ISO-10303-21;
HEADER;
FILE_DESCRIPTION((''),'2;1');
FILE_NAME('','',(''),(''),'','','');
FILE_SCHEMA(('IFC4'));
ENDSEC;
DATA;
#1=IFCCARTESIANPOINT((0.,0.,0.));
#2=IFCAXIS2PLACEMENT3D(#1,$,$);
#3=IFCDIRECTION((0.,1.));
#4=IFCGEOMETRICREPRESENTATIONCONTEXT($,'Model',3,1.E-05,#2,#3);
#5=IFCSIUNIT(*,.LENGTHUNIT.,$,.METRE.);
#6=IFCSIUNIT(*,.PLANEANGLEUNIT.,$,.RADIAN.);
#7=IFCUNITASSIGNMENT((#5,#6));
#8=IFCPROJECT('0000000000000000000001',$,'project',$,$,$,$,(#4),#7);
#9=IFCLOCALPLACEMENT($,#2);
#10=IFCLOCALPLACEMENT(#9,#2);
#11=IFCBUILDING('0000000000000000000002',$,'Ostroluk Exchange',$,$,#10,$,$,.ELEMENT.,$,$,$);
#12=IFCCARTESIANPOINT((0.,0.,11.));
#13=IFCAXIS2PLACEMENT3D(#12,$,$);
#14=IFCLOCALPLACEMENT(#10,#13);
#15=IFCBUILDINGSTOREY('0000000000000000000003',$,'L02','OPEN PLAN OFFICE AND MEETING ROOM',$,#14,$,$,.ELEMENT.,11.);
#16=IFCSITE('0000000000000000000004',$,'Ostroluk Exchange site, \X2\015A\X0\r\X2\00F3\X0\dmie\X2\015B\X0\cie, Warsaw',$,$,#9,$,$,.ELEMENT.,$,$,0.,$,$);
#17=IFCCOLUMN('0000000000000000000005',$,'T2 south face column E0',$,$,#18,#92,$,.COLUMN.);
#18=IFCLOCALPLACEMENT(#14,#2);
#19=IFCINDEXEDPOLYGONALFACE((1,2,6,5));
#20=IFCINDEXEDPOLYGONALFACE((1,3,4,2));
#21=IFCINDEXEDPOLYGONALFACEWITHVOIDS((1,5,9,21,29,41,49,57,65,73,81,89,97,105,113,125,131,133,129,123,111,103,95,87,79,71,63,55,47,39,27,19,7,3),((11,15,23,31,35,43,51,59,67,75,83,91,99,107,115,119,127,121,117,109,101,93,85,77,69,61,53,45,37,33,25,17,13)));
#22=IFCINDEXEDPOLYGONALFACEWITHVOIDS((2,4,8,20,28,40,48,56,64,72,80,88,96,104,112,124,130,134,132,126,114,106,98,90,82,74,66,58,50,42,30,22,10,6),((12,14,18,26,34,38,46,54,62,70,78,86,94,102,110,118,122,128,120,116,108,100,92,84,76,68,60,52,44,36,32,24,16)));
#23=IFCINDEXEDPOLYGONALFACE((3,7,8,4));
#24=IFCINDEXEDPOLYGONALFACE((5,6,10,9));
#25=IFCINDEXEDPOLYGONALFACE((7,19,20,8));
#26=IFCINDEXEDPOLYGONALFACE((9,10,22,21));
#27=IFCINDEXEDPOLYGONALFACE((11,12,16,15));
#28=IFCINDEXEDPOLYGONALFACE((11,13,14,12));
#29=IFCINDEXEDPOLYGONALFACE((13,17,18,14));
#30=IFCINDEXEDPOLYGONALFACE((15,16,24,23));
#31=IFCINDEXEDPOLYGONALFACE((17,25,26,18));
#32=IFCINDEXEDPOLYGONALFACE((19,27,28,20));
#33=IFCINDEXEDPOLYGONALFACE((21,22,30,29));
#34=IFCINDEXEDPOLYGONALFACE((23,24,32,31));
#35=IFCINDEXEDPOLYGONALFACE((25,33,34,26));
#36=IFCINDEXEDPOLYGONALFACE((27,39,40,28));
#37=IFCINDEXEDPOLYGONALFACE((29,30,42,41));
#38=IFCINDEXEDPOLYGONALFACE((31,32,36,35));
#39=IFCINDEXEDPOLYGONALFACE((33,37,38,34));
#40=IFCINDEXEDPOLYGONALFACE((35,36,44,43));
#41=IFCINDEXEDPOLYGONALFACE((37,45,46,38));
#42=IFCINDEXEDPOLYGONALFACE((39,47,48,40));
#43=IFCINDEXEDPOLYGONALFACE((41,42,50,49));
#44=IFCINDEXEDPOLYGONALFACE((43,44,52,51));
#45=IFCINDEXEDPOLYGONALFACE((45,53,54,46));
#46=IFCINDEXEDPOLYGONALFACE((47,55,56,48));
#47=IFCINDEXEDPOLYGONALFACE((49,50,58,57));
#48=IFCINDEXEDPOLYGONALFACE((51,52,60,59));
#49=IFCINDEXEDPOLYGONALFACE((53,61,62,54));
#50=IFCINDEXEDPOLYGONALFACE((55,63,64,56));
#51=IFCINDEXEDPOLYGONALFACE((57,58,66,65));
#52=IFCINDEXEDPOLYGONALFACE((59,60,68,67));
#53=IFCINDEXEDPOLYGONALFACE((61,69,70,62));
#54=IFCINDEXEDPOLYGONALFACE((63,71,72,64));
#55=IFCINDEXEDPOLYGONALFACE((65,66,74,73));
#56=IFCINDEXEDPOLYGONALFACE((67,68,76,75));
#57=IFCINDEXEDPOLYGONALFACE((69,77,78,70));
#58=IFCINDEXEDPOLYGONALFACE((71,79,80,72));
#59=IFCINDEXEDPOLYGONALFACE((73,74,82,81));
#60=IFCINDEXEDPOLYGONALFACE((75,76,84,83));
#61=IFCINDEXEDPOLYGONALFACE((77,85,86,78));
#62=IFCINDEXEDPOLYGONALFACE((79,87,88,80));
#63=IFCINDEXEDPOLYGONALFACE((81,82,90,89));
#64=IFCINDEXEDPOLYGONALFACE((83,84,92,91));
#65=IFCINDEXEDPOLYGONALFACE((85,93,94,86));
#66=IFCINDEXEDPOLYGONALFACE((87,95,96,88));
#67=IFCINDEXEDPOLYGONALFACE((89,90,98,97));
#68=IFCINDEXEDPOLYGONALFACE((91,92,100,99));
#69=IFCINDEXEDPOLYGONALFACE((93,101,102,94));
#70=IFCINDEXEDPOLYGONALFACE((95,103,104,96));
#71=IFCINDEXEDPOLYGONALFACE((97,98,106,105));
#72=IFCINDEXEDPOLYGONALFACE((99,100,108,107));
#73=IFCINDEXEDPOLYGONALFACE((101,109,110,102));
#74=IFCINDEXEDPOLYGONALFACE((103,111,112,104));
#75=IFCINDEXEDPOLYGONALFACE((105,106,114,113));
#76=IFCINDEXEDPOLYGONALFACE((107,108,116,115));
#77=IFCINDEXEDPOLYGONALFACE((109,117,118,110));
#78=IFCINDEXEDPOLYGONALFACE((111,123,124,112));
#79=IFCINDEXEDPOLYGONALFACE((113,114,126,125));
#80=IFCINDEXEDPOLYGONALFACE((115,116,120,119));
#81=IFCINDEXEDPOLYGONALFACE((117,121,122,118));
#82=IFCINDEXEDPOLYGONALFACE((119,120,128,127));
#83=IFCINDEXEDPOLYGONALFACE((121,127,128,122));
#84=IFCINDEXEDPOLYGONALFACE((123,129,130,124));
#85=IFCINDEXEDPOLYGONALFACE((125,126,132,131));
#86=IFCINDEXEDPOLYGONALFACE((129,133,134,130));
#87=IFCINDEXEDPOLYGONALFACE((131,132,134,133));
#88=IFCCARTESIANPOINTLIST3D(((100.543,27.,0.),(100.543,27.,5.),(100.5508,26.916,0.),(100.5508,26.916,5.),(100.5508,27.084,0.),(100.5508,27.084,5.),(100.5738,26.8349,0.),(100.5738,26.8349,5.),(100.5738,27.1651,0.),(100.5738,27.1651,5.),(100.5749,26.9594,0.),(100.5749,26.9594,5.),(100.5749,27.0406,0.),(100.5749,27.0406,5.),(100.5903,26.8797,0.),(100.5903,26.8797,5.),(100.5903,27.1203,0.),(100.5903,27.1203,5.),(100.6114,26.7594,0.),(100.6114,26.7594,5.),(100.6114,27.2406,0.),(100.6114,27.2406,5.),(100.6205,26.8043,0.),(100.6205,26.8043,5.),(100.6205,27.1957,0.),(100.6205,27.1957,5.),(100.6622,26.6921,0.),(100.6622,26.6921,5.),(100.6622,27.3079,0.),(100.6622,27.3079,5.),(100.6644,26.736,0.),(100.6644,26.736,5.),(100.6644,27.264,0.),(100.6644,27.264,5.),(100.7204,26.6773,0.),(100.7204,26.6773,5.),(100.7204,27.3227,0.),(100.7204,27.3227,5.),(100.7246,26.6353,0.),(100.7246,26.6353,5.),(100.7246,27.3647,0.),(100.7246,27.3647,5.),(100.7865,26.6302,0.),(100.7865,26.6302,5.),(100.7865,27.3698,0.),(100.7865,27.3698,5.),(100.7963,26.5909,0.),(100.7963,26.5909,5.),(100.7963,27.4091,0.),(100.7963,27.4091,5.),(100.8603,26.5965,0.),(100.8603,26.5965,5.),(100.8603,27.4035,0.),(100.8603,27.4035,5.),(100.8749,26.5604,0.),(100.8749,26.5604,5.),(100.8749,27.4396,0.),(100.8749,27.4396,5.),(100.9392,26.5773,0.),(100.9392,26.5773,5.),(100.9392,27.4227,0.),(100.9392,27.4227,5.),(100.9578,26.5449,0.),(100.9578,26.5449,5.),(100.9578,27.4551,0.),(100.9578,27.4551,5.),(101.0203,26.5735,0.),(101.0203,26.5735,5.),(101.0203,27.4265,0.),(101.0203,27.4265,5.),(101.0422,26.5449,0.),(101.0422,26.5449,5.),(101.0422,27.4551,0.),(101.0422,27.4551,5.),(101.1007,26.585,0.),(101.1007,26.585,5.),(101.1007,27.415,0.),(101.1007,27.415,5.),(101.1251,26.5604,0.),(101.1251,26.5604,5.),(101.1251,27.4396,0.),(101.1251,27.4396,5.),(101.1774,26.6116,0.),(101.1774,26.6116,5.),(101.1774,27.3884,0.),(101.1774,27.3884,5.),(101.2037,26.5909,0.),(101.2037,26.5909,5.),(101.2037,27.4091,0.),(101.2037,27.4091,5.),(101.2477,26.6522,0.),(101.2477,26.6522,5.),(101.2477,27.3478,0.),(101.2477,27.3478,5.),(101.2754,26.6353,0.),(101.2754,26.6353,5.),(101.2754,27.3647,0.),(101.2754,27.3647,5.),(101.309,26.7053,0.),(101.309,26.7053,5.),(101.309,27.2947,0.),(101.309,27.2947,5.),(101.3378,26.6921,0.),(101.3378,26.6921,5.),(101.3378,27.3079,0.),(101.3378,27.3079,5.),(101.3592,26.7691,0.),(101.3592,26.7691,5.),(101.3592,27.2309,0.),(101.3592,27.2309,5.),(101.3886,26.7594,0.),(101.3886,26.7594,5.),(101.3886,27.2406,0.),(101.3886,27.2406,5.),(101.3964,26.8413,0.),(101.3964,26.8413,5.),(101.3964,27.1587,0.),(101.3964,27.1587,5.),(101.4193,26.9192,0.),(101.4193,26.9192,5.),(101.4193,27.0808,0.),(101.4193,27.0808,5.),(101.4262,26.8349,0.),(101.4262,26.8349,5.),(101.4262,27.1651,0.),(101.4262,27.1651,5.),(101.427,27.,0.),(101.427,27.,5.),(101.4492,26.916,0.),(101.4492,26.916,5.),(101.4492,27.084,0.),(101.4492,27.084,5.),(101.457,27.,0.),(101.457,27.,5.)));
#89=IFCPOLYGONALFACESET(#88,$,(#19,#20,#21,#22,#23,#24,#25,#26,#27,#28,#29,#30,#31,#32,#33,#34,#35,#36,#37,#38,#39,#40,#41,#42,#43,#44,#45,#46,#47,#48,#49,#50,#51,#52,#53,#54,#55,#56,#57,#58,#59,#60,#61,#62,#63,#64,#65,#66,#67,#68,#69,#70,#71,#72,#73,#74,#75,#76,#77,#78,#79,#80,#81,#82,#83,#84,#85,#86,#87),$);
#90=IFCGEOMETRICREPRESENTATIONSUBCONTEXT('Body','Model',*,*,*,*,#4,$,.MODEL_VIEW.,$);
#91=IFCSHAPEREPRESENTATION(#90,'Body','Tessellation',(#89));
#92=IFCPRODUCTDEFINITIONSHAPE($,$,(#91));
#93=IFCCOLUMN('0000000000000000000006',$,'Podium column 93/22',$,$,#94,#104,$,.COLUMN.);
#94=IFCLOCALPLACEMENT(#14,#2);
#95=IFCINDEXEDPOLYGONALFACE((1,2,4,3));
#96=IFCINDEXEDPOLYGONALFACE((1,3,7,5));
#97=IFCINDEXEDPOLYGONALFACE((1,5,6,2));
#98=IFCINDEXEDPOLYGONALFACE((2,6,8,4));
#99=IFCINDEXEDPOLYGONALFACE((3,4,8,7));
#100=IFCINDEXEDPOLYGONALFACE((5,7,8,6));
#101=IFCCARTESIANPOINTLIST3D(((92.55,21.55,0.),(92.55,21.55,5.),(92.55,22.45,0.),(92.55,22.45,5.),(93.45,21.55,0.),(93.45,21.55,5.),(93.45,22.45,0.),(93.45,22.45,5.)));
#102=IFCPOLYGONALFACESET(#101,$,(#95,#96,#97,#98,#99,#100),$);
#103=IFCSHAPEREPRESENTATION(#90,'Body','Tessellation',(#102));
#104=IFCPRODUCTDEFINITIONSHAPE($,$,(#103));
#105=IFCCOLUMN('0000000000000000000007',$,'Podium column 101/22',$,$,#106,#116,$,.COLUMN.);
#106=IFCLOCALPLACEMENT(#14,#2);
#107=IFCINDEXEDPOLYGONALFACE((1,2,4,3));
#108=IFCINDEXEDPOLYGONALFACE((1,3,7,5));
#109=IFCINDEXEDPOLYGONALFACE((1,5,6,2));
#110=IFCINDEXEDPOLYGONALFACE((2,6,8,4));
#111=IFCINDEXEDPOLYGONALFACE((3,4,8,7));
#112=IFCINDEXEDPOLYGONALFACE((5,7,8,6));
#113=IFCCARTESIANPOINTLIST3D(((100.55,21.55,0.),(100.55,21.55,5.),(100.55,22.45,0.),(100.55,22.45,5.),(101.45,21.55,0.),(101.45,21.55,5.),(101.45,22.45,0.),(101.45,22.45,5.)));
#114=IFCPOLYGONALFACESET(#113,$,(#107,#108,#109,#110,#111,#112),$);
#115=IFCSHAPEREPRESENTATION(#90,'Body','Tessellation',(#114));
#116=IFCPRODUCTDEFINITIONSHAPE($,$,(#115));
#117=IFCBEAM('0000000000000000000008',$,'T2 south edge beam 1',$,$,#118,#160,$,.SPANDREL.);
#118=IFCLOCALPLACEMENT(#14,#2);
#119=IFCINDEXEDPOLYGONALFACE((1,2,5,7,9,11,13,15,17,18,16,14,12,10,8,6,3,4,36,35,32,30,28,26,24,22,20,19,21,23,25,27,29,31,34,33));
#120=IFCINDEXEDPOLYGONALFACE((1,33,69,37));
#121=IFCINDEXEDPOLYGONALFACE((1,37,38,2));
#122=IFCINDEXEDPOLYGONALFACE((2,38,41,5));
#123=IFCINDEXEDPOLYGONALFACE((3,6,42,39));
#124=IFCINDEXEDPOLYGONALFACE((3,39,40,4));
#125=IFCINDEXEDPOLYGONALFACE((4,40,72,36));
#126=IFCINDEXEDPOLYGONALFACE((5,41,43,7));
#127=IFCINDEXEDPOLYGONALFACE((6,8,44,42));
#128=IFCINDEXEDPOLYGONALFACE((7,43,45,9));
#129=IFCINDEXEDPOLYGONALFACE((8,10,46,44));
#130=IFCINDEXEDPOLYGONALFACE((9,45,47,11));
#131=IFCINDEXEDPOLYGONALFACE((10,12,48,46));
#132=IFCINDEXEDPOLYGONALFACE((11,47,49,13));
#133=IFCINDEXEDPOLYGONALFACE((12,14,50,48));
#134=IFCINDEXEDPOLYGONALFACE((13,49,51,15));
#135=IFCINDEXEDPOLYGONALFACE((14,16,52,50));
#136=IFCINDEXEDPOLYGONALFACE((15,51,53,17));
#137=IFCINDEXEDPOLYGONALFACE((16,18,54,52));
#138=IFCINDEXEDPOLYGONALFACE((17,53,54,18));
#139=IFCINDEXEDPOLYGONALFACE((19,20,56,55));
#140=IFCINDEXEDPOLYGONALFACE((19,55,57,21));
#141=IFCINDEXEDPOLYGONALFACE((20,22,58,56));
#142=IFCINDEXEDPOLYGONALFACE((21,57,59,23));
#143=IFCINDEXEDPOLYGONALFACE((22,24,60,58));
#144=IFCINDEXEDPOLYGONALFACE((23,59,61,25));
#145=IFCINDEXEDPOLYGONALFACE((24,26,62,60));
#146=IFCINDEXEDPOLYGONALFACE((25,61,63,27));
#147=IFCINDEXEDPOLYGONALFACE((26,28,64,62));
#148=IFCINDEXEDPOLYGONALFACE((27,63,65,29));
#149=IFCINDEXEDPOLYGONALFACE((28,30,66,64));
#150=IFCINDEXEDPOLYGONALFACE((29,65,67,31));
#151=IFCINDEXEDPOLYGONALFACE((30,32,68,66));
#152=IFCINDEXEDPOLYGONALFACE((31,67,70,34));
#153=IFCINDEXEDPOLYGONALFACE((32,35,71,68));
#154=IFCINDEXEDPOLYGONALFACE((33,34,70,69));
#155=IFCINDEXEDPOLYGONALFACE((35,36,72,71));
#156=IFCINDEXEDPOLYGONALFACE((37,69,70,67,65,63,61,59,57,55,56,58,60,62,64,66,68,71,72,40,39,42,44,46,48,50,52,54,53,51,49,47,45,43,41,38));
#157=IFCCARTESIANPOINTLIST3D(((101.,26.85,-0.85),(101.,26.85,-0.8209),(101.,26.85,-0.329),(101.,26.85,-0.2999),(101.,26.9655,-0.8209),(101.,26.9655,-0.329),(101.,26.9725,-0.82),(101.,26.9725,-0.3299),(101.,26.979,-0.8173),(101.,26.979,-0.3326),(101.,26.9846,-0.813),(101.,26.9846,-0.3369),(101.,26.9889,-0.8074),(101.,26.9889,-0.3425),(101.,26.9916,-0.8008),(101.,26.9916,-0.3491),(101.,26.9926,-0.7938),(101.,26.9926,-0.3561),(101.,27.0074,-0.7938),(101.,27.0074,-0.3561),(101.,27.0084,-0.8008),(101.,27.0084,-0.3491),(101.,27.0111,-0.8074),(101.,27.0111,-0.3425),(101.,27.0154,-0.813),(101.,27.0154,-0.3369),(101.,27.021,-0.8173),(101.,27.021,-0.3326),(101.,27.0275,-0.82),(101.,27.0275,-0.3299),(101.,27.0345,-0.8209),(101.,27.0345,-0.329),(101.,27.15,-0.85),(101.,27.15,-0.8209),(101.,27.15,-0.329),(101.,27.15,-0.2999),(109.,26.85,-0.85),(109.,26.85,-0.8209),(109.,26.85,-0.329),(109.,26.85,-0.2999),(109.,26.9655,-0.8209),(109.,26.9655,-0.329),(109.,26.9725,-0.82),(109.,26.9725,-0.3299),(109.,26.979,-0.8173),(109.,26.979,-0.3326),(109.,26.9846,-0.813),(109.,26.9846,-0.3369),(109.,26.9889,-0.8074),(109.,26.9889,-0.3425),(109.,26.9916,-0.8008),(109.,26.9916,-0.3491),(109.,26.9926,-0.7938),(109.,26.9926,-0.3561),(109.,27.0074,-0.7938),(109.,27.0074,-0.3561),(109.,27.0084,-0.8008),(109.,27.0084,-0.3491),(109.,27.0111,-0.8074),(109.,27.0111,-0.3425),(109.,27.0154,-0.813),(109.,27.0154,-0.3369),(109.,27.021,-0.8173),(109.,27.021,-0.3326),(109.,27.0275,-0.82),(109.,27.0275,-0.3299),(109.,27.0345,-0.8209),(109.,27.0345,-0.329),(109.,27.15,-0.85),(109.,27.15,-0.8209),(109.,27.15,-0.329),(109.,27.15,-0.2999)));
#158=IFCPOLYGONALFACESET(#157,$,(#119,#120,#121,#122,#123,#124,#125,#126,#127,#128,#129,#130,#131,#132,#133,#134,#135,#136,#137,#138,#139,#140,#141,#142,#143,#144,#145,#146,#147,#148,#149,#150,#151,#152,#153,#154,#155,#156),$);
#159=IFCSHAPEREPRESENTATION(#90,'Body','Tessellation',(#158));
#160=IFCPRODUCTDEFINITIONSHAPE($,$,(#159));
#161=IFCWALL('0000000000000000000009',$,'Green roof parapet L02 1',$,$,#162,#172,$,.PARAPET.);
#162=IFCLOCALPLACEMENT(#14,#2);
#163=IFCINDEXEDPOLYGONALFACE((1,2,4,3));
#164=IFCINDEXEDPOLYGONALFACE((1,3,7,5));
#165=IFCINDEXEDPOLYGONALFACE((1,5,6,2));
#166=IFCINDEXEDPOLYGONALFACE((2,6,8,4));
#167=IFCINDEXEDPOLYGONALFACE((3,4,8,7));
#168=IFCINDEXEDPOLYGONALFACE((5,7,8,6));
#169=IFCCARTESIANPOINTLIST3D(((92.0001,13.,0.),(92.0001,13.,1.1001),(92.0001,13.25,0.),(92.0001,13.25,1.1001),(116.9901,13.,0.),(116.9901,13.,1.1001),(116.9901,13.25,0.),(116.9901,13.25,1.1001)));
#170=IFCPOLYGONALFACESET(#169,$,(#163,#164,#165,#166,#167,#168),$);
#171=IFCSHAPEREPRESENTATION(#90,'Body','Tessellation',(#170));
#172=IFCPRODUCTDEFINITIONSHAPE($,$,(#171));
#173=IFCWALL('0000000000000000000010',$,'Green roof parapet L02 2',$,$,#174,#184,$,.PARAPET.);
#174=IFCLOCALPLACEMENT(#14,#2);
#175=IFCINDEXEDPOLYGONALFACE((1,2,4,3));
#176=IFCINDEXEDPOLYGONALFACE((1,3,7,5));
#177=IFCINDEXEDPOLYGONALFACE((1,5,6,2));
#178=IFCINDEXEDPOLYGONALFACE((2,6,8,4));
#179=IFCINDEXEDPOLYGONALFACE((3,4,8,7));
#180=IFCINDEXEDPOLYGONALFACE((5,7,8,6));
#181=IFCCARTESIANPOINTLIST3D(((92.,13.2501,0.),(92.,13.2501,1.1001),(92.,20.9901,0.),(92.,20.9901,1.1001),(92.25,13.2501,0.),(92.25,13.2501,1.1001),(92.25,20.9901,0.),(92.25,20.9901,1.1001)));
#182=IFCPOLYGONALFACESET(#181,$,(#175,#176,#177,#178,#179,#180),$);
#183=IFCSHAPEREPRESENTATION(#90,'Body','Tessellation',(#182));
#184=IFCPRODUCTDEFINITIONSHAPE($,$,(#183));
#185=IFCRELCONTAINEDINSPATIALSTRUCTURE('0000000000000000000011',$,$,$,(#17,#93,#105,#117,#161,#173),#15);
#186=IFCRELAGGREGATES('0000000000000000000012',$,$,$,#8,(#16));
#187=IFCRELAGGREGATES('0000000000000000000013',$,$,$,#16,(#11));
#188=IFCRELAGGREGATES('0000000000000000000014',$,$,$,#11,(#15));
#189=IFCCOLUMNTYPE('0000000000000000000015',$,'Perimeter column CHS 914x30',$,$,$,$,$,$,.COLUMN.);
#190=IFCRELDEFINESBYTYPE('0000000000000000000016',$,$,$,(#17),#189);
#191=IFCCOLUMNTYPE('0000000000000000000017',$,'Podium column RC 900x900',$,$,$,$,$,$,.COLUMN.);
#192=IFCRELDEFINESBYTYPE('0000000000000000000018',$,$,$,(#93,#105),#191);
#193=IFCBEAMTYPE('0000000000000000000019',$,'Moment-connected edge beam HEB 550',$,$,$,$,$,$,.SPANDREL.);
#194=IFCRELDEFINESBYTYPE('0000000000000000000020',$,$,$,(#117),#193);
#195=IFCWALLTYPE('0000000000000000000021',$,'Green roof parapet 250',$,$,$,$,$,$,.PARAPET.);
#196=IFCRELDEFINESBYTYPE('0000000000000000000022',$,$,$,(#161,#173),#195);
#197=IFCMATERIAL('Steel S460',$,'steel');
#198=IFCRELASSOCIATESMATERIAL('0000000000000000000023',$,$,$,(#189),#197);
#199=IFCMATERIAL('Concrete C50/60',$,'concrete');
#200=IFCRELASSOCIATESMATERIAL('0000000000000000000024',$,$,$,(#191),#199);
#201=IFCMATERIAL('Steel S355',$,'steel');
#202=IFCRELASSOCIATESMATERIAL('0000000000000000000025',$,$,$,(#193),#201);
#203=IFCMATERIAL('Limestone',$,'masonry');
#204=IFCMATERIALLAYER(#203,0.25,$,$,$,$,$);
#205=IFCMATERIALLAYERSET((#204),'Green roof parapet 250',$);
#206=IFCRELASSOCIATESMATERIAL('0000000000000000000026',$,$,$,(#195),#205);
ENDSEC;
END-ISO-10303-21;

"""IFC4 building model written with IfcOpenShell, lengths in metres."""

from ifc_helpers import new_model, si_unit, direction, frame, frame_2d, origin, origin_2d, place, context, subcontext, project, spatial, rectangle, hollow_circle, i_section, extrude, material, layer, layer_set, material_profile, profile_set, type_object, element, save


model = new_model("IFC4")

# Units and contexts
model_context = context("Model", 3, precision=1e-05, world=origin(), true_north=direction((0.0, 1.0)))
body_context = subcontext(model_context, "Body", "Model", "MODEL_VIEW")
ifc_project = project(units=[si_unit("LENGTHUNIT", "METRE"), si_unit("PLANEANGLEUNIT", "RADIAN")], contexts=[model_context])

# Site, building, storey
site_placement = place(None, origin())
site = spatial("IfcSite", under=ifc_project, at=site_placement, Name="Ostroluk Exchange site, Śródmieście, Warsaw", CompositionType="ELEMENT", RefElevation=0.0)
building_placement = place(site_placement, origin())
building = spatial("IfcBuilding", under=site, at=building_placement, Name="Ostroluk Exchange", CompositionType="ELEMENT")
storey_placement = place(building_placement, frame((0.0, 0.0, 11.0)))
storey = spatial("IfcBuildingStorey", under=building, at=storey_placement, Name="L02", Description="OPEN PLAN OFFICE AND MEETING ROOM", CompositionType="ELEMENT", Elevation=11.0)

# Columns
ifc_material_1 = material(Name="Steel S460", Category="steel")
ifc_material_profile_1 = material_profile(ifc_material_1, hollow_circle(Radius=0.457, WallThickness=0.03, at=origin_2d()), Name="CHS 914x30")
ifc_profile_set_1 = profile_set([ifc_material_profile_1], Name="Steel S460")
column_type_1 = type_object("IfcColumnType", Name="Perimeter column CHS 914x30", PredefinedType="COLUMN", material=ifc_profile_set_1)
column_placement = place(storey_placement, frame((101.0, 27.0, 0.0), z_axis=(0.0, 0.0, 1.0), x_axis=(1.0, 0.0, 0.0)))
element("IfcColumn", 1, at=column_placement, inside=storey, type_object=column_type_1, Name="T2 south face column E0", PredefinedType="COLUMN", context=body_context, shape_type="SweptSolid", body=[
    extrude(hollow_circle(Radius=0.457, WallThickness=0.03, at=origin_2d()), origin(), (0.0, 0.0, 1.0), 5.0),
])
ifc_material_2 = material(Name="Concrete C50/60", Category="concrete")
ifc_material_profile_2 = material_profile(ifc_material_2, rectangle(XDim=0.8999, YDim=0.8999, at=origin_2d()), Name="RC 900x900")
ifc_profile_set_2 = profile_set([ifc_material_profile_2], Name="Concrete C50/60")
column_type_2 = type_object("IfcColumnType", Name="Podium column RC 900x900", PredefinedType="COLUMN", material=ifc_profile_set_2)
for number, where, z_axis, x_axis, name in (
    (2, (93.0, 22.0, 0.0), (0.0, 0.0, 1.0), (1.0, 0.0, 0.0), "Podium column 93/22"),
    (3, (101.0, 22.0, 0.0), (0.0, 0.0, 1.0), (1.0, 0.0, 0.0), "Podium column 101/22"),
):
    element("IfcColumn", number, at=place(storey_placement, frame(where, z_axis=z_axis, x_axis=x_axis)), inside=storey, type_object=column_type_2, Name=name, PredefinedType="COLUMN", context=body_context, shape_type="SweptSolid", body=[
        extrude(rectangle(XDim=0.8999, YDim=0.8999, at=origin_2d()), origin(), (0.0, 0.0, 1.0), 5.0),
    ])

# Beam
ifc_material_3 = material(Name="Steel S355", Category="steel")
ifc_material_profile_3 = material_profile(ifc_material_3, i_section(OverallWidth=0.3, OverallDepth=0.55, WebThickness=0.0149, FlangeThickness=0.0291, FilletRadius=0.0271, at=origin_2d()), Name="HEB 550")
ifc_profile_set_3 = profile_set([ifc_material_profile_3], Name="Steel S355")
beam_type = type_object("IfcBeamType", Name="Moment-connected edge beam HEB 550", PredefinedType="SPANDREL", material=ifc_profile_set_3)
beam_placement = place(storey_placement, frame((101.0, 27.0, -0.575), z_axis=(1.0, 0.0, 0.0), x_axis=(0.0, 1.0, 0.0)))
element("IfcBeam", 4, at=beam_placement, inside=storey, type_object=beam_type, Name="T2 south edge beam 1", PredefinedType="SPANDREL", context=body_context, shape_type="SweptSolid", body=[
    extrude(i_section(OverallWidth=0.3, OverallDepth=0.55, WebThickness=0.0149, FlangeThickness=0.0291, FilletRadius=0.0271, at=origin_2d()), origin(), (0.0, 0.0, 1.0), 8.0),
])

# Walls
ifc_material_4 = material(Name="Limestone", Category="masonry")
ifc_layer_1 = layer(ifc_material_4, 0.25)
ifc_layer_set_1 = layer_set([ifc_layer_1], Name="Green roof parapet 250")
wall_type_1 = type_object("IfcWallType", Name="Green roof parapet 250", PredefinedType="PARAPET", material=ifc_layer_set_1)
wall_1_placement = place(storey_placement, frame((92.0, 13.125, 0.0), z_axis=(0.0, 0.0, 1.0), x_axis=(1.0, 0.0, 0.0)))
element("IfcWall", 5, at=wall_1_placement, inside=storey, type_object=wall_type_1, Name="Green roof parapet L02 1", PredefinedType="PARAPET", context=body_context, shape_type="SweptSolid", body=[
    extrude(rectangle(XDim=24.99, YDim=0.25, at=frame_2d((12.4951, 0.0))), origin(), (0.0, 0.0, 1.0), 1.1001),
])
wall_2_placement = place(storey_placement, frame((92.125, 13.25, 0.0), z_axis=(0.0, 0.0, 1.0), x_axis=(0.0, 1.0, 0.0)))
element("IfcWall", 6, at=wall_2_placement, inside=storey, type_object=wall_type_1, Name="Green roof parapet L02 2", PredefinedType="PARAPET", context=body_context, shape_type="SweptSolid", body=[
    extrude(rectangle(XDim=7.74, YDim=0.25, at=frame_2d((3.8701, 0.0))), origin(), (0.0, 0.0, 1.0), 1.1001),
])

save(model, "model.ifc")
